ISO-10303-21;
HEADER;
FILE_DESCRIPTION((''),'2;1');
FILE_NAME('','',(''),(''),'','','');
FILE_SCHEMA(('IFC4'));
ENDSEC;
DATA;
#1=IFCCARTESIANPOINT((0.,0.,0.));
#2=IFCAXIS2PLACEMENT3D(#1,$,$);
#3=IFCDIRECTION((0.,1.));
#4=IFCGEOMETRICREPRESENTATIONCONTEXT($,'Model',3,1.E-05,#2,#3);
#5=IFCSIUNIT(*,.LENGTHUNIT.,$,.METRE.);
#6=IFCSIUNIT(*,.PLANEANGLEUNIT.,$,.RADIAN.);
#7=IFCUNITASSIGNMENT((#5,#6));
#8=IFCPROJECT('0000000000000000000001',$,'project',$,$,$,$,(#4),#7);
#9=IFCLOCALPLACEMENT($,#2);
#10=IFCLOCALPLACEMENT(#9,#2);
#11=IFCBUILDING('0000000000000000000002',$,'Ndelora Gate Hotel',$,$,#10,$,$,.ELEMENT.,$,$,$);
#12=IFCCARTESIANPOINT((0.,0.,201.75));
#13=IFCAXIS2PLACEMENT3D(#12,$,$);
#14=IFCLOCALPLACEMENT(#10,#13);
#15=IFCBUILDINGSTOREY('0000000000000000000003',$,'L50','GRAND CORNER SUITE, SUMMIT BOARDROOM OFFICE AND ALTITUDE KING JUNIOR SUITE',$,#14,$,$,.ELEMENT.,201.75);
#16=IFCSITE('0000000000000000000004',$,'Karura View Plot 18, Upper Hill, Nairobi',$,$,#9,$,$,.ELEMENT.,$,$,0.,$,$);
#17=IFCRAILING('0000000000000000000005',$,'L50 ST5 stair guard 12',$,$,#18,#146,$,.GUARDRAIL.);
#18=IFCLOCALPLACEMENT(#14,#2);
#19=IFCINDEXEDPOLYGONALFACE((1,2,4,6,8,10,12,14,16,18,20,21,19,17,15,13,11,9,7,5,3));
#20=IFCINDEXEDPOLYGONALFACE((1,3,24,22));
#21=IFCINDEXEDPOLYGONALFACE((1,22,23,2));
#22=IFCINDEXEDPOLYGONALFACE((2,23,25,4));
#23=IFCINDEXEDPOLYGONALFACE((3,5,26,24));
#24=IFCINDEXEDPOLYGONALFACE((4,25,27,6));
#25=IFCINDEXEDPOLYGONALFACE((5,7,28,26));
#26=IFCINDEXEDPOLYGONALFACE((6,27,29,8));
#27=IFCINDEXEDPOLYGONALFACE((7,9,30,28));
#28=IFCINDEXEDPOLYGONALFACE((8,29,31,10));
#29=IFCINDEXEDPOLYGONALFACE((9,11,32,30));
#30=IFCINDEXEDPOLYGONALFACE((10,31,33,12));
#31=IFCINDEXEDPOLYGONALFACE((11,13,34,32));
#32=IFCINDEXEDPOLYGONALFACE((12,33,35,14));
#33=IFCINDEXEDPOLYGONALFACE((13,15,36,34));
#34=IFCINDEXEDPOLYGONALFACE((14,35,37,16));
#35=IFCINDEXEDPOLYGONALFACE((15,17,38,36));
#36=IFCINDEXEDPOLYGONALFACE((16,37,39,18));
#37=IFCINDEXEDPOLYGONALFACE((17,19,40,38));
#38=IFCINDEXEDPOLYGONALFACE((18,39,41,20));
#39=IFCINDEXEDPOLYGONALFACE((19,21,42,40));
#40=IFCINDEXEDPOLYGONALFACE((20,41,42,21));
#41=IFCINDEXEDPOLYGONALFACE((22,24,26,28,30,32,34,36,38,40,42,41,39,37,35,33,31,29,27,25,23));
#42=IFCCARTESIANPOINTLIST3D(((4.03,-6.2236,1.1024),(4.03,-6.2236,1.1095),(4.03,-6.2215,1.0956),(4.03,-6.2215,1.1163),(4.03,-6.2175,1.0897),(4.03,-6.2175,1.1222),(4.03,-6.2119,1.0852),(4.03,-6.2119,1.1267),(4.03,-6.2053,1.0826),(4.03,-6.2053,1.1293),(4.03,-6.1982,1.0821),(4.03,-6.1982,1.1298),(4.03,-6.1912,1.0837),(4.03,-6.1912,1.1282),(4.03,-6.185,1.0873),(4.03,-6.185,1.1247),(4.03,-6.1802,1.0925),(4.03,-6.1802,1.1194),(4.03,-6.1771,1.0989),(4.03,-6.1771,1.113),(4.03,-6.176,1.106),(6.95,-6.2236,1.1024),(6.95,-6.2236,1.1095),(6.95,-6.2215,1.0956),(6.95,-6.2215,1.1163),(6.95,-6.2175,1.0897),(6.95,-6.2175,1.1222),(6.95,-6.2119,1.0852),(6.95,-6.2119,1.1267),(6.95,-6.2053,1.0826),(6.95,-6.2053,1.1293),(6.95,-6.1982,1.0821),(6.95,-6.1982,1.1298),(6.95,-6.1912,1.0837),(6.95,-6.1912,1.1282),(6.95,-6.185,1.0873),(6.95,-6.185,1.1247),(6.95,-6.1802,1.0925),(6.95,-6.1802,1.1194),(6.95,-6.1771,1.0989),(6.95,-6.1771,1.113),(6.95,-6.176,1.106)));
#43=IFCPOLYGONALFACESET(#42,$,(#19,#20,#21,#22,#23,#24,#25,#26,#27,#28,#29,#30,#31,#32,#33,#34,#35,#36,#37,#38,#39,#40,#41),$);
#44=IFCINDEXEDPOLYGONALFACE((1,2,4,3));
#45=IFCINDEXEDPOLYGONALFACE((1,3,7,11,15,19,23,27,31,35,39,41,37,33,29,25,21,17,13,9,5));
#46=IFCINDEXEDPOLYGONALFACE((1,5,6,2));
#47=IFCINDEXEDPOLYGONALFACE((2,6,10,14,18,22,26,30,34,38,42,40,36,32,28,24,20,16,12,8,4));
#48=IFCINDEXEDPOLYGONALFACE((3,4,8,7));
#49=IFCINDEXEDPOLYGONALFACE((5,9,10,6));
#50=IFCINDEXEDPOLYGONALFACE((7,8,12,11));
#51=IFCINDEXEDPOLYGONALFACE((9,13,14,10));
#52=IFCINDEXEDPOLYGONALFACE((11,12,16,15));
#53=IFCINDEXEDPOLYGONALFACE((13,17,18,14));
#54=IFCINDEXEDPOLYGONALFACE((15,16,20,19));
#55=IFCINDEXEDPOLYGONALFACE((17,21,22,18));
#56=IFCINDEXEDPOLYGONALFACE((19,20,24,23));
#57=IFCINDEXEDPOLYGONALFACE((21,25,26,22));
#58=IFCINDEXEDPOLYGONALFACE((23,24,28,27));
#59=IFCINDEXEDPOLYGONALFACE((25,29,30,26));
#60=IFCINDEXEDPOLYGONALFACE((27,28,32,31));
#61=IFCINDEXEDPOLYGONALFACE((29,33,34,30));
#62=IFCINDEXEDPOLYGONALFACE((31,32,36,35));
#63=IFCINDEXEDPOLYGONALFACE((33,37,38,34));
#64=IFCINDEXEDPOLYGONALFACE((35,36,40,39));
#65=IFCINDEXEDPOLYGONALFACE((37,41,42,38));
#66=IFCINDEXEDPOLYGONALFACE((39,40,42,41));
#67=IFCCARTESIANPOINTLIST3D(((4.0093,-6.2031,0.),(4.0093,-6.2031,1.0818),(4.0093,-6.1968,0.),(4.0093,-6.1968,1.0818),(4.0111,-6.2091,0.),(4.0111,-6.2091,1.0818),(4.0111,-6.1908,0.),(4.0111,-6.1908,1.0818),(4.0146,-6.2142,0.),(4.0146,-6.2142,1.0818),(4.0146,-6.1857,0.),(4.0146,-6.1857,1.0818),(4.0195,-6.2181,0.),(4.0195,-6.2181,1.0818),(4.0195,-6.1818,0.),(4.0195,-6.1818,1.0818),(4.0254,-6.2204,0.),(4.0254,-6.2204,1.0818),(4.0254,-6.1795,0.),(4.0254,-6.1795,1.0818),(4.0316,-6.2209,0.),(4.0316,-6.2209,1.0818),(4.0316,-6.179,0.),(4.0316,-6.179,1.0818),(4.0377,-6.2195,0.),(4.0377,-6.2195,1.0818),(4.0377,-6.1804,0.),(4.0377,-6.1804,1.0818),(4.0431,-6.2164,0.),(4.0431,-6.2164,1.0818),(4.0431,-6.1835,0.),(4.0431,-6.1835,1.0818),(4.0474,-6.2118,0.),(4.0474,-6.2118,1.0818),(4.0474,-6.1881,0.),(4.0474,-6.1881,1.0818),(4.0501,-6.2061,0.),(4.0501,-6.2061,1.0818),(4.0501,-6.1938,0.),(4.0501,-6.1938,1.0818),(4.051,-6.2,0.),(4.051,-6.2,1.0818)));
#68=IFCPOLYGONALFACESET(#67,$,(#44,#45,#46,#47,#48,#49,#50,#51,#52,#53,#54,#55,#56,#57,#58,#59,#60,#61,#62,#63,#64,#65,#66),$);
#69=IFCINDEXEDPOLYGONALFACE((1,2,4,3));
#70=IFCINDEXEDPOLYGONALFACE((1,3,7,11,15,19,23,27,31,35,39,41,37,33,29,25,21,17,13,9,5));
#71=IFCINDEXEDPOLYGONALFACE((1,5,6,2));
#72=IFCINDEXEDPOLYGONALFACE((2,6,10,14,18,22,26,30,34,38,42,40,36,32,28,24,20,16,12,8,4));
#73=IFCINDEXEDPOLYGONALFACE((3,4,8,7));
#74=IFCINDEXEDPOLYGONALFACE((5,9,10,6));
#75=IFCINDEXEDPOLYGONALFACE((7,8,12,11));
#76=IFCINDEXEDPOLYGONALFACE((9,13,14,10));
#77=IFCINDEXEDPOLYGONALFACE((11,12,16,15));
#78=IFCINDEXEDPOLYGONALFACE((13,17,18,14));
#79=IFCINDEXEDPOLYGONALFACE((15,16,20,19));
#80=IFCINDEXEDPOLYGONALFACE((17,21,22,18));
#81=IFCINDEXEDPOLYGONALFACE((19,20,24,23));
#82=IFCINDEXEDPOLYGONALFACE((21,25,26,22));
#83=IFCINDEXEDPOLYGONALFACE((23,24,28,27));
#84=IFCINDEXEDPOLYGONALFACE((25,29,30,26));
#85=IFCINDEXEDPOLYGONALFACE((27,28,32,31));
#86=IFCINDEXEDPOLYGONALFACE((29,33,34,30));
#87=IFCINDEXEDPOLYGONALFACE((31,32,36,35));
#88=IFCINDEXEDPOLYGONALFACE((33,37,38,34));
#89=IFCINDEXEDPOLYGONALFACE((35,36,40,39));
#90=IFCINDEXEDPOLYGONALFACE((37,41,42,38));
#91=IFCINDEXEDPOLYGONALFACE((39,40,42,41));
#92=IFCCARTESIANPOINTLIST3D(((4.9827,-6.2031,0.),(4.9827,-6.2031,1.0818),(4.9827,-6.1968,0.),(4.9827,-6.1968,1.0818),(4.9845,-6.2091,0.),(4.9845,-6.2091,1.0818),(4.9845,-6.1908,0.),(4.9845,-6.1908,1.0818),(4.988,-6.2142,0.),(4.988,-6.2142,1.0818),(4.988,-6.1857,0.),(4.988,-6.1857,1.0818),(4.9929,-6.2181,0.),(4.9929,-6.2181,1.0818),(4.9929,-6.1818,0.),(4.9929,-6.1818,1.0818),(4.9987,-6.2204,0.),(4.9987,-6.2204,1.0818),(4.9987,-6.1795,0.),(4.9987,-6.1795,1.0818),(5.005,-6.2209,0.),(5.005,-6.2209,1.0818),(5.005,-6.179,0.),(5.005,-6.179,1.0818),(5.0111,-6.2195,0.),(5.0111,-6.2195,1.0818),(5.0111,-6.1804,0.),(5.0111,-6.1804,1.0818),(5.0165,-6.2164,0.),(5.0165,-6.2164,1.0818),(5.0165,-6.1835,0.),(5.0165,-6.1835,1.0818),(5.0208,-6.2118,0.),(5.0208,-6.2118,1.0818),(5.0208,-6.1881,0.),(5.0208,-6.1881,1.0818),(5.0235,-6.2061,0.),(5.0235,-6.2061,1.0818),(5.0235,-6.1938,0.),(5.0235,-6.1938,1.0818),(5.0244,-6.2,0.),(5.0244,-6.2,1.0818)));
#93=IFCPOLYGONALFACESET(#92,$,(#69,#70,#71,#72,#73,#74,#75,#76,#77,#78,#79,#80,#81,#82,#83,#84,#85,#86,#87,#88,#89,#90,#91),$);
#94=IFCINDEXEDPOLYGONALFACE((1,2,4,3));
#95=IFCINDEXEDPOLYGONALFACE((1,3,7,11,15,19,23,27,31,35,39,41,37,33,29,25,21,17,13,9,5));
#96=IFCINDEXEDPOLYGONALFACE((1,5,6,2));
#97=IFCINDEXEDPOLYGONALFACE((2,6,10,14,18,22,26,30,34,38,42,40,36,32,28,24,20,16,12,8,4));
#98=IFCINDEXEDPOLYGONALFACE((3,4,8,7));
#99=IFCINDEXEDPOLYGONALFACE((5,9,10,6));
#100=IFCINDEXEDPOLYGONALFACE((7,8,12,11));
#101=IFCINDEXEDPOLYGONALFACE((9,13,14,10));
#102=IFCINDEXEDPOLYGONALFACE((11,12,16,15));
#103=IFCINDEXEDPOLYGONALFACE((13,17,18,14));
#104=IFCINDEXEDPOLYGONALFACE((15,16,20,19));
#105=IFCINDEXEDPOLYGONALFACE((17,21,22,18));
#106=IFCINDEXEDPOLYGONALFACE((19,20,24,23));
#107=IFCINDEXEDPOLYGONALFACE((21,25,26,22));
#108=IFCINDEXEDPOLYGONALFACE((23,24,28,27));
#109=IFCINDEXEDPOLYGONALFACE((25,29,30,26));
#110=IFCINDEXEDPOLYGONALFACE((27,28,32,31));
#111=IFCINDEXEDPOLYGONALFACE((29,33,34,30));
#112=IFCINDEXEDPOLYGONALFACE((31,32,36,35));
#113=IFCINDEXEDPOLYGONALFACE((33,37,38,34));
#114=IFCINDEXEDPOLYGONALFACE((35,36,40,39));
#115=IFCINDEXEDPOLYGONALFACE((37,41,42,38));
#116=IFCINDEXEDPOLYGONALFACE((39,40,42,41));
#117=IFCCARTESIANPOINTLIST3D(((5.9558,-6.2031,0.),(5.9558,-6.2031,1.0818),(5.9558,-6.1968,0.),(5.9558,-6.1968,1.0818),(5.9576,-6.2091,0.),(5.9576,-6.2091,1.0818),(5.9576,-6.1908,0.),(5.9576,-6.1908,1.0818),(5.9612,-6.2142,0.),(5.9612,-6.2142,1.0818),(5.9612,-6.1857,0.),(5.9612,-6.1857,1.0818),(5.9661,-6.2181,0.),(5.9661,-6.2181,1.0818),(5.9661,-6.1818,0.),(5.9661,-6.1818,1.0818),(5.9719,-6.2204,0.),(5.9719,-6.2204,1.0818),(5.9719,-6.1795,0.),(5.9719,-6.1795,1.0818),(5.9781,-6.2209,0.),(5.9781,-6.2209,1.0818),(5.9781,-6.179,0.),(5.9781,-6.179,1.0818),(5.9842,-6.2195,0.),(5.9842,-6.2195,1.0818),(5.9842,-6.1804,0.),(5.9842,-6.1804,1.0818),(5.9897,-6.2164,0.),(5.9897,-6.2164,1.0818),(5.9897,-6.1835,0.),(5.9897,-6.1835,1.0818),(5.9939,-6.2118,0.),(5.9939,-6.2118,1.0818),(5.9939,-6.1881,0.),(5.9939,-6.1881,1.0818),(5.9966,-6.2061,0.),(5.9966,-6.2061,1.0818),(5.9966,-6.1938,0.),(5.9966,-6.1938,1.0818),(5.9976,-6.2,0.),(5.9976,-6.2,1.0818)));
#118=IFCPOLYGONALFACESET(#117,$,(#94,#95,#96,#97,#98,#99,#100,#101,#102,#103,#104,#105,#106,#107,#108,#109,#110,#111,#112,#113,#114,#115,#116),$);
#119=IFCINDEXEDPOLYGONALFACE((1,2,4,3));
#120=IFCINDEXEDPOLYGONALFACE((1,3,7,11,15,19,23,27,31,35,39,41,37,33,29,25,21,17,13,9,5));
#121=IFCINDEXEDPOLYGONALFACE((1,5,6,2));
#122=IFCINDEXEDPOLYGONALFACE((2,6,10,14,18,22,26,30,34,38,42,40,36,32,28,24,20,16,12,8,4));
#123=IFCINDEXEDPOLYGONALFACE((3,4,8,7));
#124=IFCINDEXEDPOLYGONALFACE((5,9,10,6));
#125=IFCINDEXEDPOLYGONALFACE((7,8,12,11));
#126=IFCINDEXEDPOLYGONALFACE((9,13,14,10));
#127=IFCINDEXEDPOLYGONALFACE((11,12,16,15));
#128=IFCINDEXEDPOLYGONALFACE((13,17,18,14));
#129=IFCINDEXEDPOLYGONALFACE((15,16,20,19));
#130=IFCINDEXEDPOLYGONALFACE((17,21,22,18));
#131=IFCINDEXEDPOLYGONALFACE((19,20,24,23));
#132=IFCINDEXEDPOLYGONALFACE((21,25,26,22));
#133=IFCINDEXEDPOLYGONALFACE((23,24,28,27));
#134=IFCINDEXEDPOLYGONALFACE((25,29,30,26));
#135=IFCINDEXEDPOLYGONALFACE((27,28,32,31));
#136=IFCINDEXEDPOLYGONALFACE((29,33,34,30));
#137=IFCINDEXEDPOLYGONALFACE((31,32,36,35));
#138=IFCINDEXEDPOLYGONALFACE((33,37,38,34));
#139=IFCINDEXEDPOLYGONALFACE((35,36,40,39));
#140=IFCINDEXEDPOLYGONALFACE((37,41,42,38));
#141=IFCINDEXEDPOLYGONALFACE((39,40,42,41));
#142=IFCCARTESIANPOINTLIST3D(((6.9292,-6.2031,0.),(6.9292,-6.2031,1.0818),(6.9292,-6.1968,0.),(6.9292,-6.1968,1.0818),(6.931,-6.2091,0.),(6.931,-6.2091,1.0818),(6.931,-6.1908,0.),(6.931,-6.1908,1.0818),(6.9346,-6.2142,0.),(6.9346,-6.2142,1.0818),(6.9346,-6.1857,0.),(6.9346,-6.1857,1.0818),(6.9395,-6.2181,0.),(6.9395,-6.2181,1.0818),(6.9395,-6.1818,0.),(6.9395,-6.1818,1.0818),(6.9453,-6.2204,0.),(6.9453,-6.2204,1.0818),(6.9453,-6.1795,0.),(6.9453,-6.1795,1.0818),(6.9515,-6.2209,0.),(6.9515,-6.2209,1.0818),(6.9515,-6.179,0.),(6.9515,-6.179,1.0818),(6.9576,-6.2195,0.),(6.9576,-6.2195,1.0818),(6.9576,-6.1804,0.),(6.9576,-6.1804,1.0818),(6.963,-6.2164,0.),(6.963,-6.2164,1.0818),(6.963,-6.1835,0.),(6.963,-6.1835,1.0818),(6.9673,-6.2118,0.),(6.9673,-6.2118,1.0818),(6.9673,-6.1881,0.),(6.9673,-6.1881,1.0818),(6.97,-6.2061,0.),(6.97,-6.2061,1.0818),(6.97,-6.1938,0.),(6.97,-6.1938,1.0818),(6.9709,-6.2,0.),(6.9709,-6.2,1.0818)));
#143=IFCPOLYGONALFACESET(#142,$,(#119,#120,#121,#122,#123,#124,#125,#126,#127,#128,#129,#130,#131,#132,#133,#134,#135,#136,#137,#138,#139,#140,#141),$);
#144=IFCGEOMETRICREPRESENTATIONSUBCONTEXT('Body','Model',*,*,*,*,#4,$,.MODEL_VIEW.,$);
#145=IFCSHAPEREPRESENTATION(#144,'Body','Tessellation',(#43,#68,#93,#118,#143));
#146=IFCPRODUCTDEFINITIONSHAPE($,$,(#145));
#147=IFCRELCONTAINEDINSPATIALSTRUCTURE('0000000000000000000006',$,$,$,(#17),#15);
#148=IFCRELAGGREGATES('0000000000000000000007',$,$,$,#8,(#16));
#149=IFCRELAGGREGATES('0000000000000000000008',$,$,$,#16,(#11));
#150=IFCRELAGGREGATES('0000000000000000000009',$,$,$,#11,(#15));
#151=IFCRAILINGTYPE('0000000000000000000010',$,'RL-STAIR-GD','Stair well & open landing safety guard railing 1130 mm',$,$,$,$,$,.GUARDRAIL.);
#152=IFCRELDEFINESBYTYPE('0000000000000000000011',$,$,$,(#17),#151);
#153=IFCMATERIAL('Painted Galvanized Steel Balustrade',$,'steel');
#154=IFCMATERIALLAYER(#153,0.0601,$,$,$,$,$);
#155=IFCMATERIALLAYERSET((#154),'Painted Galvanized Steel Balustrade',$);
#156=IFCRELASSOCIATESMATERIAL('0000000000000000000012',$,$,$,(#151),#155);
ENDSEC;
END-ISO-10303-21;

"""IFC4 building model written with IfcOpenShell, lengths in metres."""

from ifc_helpers import new_model, si_unit, direction, frame, origin, origin_2d, place, context, subcontext, project, spatial, circle, extrude, material, layer, layer_set, type_object, element, save


model = new_model("IFC4")

# Units and contexts
model_context = context("Model", 3, precision=1e-05, world=origin(), true_north=direction((0.0, 1.0)))
body_context = subcontext(model_context, "Body", "Model", "MODEL_VIEW")
ifc_project = project(units=[si_unit("LENGTHUNIT", "METRE"), si_unit("PLANEANGLEUNIT", "RADIAN")], contexts=[model_context])

# Site, building, storey
site_placement = place(None, origin())
site = spatial("IfcSite", under=ifc_project, at=site_placement, Name="Karura View Plot 18, Upper Hill, Nairobi", CompositionType="ELEMENT", RefElevation=0.0)
building_placement = place(site_placement, origin())
building = spatial("IfcBuilding", under=site, at=building_placement, Name="Ndelora Gate Hotel", CompositionType="ELEMENT")
storey_placement = place(building_placement, frame((0.0, 0.0, 201.75)))
storey = spatial("IfcBuildingStorey", under=building, at=storey_placement, Name="L50", Description="GRAND CORNER SUITE, SUMMIT BOARDROOM OFFICE AND ALTITUDE KING JUNIOR SUITE", CompositionType="ELEMENT", Elevation=201.75)

# Railing
ifc_material_1 = material(Name="Painted Galvanized Steel Balustrade", Category="steel")
ifc_layer_1 = layer(ifc_material_1, 0.0601)
ifc_layer_set_1 = layer_set([ifc_layer_1], Name="Painted Galvanized Steel Balustrade")
railing_type_1 = type_object("IfcRailingType", Name="RL-STAIR-GD", Description="Stair well & open landing safety guard railing 1130 mm", PredefinedType="GUARDRAIL", material=ifc_layer_set_1)
railing_1_placement = place(storey_placement, frame((4.03, -6.2, 0.0)))
element("IfcRailing", 1, at=railing_1_placement, inside=storey, type_object=railing_type_1, Name="L50 ST5 stair guard 12", PredefinedType="GUARDRAIL", context=body_context, shape_type="SweptSolid", body=[
    extrude(circle(Radius=0.0239, at=origin_2d()), frame((0.0, 0.0, 1.106), z_axis=(1.0, 0.0, 0.0), x_axis=(0.0, 1.0, 0.0)), (0.0, 0.0, 1.0), 2.9199),
    extrude(circle(Radius=0.021, at=origin_2d()), origin(), (0.0, 0.0, 1.0), 1.0818),
    extrude(circle(Radius=0.021, at=origin_2d()), frame((0.9734, 0.0, 0.0)), (0.0, 0.0, 1.0), 1.0818),
    extrude(circle(Radius=0.021, at=origin_2d()), frame((1.9465, 0.0, 0.0)), (0.0, 0.0, 1.0), 1.0818),
    extrude(circle(Radius=0.021, at=origin_2d()), frame((2.9199, 0.0, 0.0)), (0.0, 0.0, 1.0), 1.0818),
])

save(model, "model.ifc")
